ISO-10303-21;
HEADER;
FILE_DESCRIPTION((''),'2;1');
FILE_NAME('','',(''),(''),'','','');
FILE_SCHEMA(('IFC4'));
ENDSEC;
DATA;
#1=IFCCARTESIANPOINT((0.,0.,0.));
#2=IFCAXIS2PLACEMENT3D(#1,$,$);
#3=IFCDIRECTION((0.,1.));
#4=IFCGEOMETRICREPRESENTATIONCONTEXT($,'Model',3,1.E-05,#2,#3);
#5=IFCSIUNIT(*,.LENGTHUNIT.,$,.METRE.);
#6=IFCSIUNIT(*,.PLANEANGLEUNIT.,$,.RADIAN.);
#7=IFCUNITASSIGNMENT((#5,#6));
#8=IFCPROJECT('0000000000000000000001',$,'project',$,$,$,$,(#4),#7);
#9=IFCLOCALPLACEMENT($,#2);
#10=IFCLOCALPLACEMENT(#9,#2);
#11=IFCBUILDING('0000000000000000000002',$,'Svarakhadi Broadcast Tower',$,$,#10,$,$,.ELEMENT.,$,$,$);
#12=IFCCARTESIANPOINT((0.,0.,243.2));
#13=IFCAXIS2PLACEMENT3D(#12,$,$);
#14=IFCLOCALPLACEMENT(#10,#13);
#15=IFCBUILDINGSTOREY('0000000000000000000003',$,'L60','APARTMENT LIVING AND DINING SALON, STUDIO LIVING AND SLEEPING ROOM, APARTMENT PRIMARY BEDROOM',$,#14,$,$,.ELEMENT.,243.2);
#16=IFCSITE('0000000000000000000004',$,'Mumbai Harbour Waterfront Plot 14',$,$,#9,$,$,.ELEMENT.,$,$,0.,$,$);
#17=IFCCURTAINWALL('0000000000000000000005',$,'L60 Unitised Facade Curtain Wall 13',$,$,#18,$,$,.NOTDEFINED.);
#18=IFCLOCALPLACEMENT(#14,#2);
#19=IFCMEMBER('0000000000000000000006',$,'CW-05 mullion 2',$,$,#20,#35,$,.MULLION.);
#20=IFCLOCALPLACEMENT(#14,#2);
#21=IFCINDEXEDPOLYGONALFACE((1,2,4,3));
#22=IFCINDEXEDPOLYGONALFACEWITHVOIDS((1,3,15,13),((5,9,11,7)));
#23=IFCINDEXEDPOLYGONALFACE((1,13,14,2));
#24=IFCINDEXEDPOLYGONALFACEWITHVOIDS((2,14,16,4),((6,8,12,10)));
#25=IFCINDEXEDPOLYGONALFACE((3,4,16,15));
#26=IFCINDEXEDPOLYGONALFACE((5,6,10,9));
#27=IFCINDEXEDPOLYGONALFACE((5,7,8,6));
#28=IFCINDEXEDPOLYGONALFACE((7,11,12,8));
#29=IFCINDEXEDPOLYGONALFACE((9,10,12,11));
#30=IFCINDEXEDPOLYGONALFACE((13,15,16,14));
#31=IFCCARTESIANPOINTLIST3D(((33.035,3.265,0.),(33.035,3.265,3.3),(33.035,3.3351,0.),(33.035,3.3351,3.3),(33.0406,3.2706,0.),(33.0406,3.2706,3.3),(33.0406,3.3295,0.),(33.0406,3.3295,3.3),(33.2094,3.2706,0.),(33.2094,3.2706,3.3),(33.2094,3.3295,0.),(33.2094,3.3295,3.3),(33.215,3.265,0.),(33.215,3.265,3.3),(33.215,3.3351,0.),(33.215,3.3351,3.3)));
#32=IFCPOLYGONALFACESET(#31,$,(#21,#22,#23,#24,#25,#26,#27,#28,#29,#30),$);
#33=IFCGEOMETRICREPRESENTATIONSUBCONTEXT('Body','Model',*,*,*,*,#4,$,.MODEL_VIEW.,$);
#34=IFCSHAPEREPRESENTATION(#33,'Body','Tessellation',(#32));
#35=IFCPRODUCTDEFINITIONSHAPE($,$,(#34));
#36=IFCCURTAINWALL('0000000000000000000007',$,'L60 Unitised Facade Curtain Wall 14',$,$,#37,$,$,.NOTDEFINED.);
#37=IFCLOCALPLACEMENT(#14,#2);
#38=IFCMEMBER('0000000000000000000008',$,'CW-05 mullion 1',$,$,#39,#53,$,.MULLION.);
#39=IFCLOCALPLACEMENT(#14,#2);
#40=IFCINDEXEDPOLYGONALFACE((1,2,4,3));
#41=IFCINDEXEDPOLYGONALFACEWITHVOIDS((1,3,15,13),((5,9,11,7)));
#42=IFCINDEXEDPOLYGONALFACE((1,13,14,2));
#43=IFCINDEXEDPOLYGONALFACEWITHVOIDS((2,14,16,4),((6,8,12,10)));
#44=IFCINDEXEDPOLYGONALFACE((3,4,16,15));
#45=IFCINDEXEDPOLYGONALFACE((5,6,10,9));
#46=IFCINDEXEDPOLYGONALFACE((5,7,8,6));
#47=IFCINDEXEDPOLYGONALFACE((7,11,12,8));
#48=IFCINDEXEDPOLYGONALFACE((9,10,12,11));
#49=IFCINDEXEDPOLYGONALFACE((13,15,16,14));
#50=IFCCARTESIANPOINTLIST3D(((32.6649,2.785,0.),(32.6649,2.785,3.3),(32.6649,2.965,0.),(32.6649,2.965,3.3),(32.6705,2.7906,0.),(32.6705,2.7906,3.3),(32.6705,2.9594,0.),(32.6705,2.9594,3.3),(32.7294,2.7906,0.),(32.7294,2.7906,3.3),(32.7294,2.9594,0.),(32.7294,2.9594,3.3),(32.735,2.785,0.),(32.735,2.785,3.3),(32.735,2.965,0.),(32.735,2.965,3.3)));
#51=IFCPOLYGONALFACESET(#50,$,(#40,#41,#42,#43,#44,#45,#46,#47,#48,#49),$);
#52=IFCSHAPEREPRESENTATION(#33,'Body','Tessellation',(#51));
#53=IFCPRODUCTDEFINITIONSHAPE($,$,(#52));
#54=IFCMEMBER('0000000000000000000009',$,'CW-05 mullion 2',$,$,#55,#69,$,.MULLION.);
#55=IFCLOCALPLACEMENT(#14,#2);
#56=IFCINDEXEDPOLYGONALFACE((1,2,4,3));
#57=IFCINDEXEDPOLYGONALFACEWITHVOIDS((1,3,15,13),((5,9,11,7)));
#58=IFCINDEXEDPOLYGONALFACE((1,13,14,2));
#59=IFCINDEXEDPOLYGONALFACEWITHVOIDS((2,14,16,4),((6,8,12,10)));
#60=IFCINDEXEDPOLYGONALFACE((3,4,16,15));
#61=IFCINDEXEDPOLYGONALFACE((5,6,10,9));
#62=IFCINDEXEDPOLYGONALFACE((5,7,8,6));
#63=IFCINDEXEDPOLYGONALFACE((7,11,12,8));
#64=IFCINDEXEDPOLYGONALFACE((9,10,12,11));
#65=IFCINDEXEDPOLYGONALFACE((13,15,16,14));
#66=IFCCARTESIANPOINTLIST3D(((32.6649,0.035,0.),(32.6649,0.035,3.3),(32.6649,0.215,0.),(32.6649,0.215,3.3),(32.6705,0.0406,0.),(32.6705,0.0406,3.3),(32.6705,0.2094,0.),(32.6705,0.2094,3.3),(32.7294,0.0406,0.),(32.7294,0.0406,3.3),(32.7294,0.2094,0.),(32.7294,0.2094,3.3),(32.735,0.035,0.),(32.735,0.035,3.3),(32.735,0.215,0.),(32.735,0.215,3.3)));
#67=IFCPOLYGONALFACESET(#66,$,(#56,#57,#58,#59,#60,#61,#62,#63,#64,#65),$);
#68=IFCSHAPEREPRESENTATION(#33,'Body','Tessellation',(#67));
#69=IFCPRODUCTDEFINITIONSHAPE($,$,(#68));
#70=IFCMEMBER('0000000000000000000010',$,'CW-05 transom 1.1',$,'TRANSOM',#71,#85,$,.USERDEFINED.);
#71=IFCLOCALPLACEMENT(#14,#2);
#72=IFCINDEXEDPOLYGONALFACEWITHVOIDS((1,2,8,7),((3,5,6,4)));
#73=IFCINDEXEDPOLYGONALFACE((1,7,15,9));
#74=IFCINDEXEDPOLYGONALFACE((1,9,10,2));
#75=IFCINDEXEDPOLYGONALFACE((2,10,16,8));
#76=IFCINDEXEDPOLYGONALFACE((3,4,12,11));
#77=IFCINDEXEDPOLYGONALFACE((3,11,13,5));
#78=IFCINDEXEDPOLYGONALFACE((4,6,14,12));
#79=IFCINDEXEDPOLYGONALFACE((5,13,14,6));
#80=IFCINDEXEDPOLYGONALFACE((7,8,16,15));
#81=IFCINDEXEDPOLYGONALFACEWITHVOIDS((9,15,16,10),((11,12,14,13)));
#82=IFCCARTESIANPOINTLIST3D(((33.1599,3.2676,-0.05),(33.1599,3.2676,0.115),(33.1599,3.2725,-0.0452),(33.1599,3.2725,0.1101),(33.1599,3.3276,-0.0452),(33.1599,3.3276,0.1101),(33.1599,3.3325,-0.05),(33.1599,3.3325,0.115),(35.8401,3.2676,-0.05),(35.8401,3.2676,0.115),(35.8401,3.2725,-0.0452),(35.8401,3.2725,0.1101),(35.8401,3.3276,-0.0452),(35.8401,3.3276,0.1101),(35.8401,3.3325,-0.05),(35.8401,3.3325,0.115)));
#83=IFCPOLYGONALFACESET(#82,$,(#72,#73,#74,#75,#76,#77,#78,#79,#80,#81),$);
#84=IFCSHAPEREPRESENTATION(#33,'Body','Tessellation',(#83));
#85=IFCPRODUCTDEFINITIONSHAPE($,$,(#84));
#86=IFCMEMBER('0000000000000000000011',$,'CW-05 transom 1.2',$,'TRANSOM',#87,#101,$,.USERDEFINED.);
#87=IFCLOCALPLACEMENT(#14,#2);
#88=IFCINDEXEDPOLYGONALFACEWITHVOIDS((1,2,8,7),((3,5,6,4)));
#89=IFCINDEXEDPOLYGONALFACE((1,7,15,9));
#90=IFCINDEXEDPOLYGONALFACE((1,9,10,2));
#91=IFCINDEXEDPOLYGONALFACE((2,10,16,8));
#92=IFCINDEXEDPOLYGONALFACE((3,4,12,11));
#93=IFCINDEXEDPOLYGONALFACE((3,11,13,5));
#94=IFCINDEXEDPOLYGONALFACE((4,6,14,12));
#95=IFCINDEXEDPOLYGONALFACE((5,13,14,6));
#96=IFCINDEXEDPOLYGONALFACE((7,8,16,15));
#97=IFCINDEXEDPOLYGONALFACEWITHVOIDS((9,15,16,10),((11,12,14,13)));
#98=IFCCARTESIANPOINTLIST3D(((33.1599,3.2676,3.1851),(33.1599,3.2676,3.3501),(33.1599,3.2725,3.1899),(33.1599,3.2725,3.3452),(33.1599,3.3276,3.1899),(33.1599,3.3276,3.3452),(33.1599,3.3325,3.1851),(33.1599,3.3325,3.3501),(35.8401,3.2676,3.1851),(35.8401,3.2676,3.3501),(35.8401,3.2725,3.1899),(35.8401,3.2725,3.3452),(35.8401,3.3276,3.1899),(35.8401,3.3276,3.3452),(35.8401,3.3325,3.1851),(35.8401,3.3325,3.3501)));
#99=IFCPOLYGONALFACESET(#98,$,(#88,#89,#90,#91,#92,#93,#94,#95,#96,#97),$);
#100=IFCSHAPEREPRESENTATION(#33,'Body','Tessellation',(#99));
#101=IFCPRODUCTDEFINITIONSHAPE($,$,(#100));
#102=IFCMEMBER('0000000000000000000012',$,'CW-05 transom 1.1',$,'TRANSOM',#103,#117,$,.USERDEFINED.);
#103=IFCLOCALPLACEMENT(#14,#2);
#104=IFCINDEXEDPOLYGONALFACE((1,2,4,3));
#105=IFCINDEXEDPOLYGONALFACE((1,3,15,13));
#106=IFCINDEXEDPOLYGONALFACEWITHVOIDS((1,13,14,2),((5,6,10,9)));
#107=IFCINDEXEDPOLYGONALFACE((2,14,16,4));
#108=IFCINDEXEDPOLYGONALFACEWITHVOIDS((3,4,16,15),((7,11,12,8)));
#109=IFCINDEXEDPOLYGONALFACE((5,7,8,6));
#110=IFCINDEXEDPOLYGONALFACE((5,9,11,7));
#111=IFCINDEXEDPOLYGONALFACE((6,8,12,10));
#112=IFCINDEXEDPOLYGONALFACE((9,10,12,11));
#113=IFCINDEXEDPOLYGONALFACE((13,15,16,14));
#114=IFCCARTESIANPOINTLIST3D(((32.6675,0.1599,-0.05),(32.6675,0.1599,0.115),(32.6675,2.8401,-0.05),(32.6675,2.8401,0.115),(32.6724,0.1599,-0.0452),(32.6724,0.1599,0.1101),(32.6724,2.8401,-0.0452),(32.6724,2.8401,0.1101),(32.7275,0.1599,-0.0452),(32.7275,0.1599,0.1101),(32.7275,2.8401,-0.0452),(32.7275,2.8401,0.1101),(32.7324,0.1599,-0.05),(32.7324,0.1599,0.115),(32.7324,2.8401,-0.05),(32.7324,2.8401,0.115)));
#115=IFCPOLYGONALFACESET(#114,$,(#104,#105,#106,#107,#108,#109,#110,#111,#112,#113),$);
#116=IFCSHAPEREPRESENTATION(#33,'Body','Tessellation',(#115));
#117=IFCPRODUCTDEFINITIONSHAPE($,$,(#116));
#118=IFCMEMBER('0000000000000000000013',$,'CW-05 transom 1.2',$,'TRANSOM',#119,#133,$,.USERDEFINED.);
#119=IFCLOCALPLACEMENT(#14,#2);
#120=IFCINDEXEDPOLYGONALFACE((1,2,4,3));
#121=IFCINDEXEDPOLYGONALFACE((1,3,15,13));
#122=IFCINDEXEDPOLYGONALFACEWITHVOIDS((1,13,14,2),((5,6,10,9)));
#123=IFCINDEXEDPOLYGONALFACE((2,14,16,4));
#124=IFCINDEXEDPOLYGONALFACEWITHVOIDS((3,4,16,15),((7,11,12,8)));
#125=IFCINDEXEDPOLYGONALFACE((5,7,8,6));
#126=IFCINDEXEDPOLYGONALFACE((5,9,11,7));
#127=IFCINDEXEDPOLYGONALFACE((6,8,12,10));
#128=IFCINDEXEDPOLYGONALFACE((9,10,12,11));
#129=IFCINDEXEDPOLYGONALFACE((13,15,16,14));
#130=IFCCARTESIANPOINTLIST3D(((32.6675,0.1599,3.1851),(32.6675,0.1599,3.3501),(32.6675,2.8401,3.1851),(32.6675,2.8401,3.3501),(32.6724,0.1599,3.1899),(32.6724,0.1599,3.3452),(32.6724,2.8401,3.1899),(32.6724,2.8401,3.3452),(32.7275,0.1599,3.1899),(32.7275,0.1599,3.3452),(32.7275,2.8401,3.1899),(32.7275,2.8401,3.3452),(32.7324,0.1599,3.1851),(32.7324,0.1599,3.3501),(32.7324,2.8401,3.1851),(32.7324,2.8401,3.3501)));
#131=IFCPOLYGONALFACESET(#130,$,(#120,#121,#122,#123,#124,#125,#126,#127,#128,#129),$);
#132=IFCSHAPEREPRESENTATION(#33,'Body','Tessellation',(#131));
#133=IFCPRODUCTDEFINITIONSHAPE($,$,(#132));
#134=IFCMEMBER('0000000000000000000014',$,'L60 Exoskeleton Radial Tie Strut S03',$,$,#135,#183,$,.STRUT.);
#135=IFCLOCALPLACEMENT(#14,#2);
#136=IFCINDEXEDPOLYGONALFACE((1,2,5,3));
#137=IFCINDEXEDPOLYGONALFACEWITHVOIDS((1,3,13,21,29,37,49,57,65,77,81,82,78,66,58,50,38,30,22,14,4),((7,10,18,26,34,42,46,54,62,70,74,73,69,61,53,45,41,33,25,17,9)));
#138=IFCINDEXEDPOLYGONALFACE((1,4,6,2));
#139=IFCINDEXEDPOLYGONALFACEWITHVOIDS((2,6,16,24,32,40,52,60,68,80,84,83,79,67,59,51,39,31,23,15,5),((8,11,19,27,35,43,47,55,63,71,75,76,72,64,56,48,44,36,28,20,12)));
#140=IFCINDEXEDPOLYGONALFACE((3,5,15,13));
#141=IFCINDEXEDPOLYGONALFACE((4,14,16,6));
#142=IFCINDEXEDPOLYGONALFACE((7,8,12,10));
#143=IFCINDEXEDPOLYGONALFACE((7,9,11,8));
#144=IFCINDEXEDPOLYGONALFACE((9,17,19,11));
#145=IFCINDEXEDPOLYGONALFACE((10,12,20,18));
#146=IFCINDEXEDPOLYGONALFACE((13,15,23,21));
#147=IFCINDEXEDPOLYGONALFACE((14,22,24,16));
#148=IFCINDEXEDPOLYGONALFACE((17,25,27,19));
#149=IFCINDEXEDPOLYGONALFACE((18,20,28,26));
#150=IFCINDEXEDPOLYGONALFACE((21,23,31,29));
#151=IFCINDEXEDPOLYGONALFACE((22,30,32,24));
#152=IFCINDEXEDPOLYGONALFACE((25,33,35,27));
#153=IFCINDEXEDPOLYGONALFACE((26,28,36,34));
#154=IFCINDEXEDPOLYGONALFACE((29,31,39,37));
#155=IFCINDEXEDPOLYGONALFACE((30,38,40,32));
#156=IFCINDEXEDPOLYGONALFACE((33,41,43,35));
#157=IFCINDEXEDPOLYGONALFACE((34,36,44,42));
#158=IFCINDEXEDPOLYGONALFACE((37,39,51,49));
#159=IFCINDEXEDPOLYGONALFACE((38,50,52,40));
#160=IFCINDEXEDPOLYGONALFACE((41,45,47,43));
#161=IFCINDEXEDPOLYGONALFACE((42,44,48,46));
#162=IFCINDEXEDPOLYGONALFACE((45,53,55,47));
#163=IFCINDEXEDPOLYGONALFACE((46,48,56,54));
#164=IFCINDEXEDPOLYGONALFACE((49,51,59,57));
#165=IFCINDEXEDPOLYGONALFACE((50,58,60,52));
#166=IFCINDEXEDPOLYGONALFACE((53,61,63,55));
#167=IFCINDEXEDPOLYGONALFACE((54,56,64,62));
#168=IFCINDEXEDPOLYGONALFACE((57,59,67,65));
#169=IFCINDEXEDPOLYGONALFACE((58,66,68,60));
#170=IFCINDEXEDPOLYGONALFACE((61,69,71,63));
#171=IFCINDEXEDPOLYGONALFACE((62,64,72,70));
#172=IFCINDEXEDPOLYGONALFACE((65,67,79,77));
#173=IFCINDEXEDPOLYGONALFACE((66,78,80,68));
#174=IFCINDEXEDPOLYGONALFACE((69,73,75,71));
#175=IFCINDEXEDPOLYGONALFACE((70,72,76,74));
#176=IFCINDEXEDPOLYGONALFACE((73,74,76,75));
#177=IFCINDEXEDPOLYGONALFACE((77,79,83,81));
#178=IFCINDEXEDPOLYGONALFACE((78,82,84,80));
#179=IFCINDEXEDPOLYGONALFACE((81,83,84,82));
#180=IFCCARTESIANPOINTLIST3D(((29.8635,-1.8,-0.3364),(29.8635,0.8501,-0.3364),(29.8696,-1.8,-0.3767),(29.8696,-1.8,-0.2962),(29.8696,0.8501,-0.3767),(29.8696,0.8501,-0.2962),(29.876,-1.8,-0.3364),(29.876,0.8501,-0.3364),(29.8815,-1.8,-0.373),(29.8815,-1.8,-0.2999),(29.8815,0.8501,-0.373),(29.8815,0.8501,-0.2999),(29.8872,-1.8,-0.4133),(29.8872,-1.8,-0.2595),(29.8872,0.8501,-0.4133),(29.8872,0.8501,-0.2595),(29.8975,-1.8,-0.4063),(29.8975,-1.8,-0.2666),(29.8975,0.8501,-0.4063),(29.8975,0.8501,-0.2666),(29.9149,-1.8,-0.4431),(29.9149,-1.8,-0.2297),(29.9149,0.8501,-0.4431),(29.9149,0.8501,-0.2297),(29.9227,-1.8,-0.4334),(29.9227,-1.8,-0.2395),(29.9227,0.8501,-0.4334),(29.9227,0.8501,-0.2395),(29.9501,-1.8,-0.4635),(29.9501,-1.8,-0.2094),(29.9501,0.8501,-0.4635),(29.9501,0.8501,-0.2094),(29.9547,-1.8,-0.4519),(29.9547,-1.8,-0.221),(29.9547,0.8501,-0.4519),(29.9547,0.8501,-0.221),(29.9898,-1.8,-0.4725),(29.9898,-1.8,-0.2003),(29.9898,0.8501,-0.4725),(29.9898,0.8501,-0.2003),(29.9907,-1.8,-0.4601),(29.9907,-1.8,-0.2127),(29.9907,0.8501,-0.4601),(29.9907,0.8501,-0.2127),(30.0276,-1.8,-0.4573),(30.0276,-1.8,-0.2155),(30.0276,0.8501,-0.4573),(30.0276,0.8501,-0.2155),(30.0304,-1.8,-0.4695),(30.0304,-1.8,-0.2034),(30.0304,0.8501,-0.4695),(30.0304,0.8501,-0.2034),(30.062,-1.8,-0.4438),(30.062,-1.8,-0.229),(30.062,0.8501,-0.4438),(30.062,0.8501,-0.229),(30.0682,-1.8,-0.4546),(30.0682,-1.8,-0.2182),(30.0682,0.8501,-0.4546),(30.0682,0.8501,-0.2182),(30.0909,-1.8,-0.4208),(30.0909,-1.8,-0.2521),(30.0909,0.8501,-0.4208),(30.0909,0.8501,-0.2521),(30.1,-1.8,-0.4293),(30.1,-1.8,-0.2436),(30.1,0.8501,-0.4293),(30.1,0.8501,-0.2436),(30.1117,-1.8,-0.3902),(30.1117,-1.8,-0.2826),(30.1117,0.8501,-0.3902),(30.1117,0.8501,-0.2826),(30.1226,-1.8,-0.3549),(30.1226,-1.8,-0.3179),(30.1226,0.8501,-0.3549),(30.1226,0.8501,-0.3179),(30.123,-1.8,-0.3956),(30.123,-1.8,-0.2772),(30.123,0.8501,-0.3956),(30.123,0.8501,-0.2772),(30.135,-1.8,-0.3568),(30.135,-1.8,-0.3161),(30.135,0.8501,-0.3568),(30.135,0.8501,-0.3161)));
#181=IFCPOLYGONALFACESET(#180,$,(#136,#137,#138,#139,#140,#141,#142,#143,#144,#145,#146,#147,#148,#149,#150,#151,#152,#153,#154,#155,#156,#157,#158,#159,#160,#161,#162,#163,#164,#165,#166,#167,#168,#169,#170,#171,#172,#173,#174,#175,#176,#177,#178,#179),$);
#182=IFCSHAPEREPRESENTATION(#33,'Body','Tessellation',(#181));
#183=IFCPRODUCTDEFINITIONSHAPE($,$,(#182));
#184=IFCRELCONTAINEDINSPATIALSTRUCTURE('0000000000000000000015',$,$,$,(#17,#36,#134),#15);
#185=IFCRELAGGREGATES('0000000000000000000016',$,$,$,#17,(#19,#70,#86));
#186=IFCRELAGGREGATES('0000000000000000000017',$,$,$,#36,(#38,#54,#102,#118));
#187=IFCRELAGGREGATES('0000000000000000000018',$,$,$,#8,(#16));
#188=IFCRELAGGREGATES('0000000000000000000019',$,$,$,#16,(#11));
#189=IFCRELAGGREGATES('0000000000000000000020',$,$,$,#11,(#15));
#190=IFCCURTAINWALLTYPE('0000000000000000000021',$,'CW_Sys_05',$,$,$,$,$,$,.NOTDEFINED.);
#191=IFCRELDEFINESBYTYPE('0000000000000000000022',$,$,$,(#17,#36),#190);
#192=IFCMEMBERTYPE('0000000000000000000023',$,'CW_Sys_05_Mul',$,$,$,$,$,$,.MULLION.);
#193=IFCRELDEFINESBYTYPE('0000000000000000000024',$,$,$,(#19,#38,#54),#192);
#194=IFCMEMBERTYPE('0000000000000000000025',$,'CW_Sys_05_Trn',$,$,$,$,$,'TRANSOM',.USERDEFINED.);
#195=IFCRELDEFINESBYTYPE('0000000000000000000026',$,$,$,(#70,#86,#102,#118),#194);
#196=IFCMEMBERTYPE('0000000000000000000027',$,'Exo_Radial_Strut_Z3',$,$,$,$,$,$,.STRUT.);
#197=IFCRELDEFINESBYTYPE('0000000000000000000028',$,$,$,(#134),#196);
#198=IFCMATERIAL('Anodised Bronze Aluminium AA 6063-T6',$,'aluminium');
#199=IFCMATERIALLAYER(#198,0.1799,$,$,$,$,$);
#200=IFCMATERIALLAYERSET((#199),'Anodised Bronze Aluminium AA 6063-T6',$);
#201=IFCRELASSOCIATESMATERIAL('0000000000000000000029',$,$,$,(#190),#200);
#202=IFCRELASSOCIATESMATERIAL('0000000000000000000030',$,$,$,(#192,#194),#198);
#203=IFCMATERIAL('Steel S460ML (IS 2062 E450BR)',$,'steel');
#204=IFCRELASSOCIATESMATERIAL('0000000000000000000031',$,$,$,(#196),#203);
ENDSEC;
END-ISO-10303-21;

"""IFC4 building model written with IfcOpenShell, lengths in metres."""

from ifc_helpers import new_model, si_unit, direction, frame, origin, origin_2d, place, context, subcontext, project, spatial, hollow_rectangle, hollow_circle, extrude, material, layer, layer_set, material_profile, profile_set, type_object, element, aggregate, save


model = new_model("IFC4")

# Units and contexts
model_context = context("Model", 3, precision=1e-05, world=origin(), true_north=direction((0.0, 1.0)))
body_context = subcontext(model_context, "Body", "Model", "MODEL_VIEW")
ifc_project = project(units=[si_unit("LENGTHUNIT", "METRE"), si_unit("PLANEANGLEUNIT", "RADIAN")], contexts=[model_context])

# Site, building, storey
site_placement = place(None, origin())
site = spatial("IfcSite", under=ifc_project, at=site_placement, Name="Mumbai Harbour Waterfront Plot 14", CompositionType="ELEMENT", RefElevation=0.0)
building_placement = place(site_placement, origin())
building = spatial("IfcBuilding", under=site, at=building_placement, Name="Svarakhadi Broadcast Tower", CompositionType="ELEMENT")
storey_placement = place(building_placement, frame((0.0, 0.0, 243.2)))
storey = spatial("IfcBuildingStorey", under=building, at=storey_placement, Name="L60", Description="APARTMENT LIVING AND DINING SALON, STUDIO LIVING AND SLEEPING ROOM, APARTMENT PRIMARY BEDROOM", CompositionType="ELEMENT", Elevation=243.2)

# Shared definitions
ifc_material_1 = material(Name="Steel S460ML (IS 2062 E450BR)", Category="steel")

# Shared definitions
ifc_material_2 = material(Name="Anodised Bronze Aluminium AA 6063-T6", Category="aluminium")
ifc_layer_1 = layer(ifc_material_2, 0.1799)
ifc_layer_set_1 = layer_set([ifc_layer_1], Name="Anodised Bronze Aluminium AA 6063-T6")
curtain_wall_type = type_object("IfcCurtainWallType", Name="CW_Sys_05", PredefinedType="NOTDEFINED", material=ifc_layer_set_1)
ifc_material_profile_1 = material_profile(ifc_material_2, hollow_rectangle(XDim=0.0701, YDim=0.1799, WallThickness=0.0056, at=origin_2d()), Name="ALU MULLION 180x70x6")
ifc_profile_set_1 = profile_set([ifc_material_profile_1], Name="Anodised Bronze Aluminium AA 6063-T6")
member_type_1 = type_object("IfcMemberType", Name="CW_Sys_05_Mul", PredefinedType="MULLION", material=ifc_profile_set_1)

# Curtain walls, members
curtain_wall_1_placement = place(storey_placement, origin())
curtain_wall_1 = element("IfcCurtainWall", 1, at=curtain_wall_1_placement, inside=storey, type_object=curtain_wall_type, Name="L60 Unitised Facade Curtain Wall 13", PredefinedType="NOTDEFINED")
member_1_placement = place(storey_placement, frame((33.125, 3.3, 0.0), z_axis=(0.0, 0.0, 1.0), x_axis=(0.0, -1.0, 0.0)))
member_1 = element("IfcMember", 2, at=member_1_placement, type_object=member_type_1, Name="CW-05 mullion 2", PredefinedType="MULLION", context=body_context, shape_type="SweptSolid", body=[
    extrude(hollow_rectangle(XDim=0.0701, YDim=0.1799, WallThickness=0.0056, at=origin_2d()), origin(), (0.0, 0.0, 1.0), 3.3),
])
curtain_wall_2_placement = place(storey_placement, origin())
curtain_wall_2 = element("IfcCurtainWall", 3, at=curtain_wall_2_placement, inside=storey, type_object=curtain_wall_type, Name="L60 Unitised Facade Curtain Wall 14", PredefinedType="NOTDEFINED")
member_2_placement = place(storey_placement, frame((32.7, 2.875, 0.0), z_axis=(0.0, 0.0, 1.0), x_axis=(1.0, 0.0, 0.0)))
member_2 = element("IfcMember", 4, at=member_2_placement, type_object=member_type_1, Name="CW-05 mullion 1", PredefinedType="MULLION", context=body_context, shape_type="SweptSolid", body=[
    extrude(hollow_rectangle(XDim=0.0701, YDim=0.1799, WallThickness=0.0056, at=origin_2d()), origin(), (0.0, 0.0, 1.0), 3.3),
])
member_3_placement = place(storey_placement, frame((32.7, 0.125, 0.0), z_axis=(0.0, 0.0, 1.0), x_axis=(1.0, 0.0, 0.0)))
member_3 = element("IfcMember", 5, at=member_3_placement, type_object=member_type_1, Name="CW-05 mullion 2", PredefinedType="MULLION", context=body_context, shape_type="SweptSolid", body=[
    extrude(hollow_rectangle(XDim=0.0701, YDim=0.1799, WallThickness=0.0056, at=origin_2d()), origin(), (0.0, 0.0, 1.0), 3.3),
])

# Members
ifc_material_profile_2 = material_profile(ifc_material_2, hollow_rectangle(XDim=0.0649, YDim=0.165, WallThickness=0.0049, at=origin_2d()), Name="ALU TRANSOM 165x65x5")
ifc_profile_set_2 = profile_set([ifc_material_profile_2], Name="Anodised Bronze Aluminium AA 6063-T6")
member_type_2 = type_object("IfcMemberType", Name="CW_Sys_05_Trn", ElementType="TRANSOM", PredefinedType="USERDEFINED", material=ifc_profile_set_2)
member_4_placement = place(storey_placement, frame((35.8401, 3.3, 0.0325), z_axis=(-1.0, 0.0, 0.0), x_axis=(0.0, -1.0, 0.0)))
member_4 = element("IfcMember", 6, at=member_4_placement, type_object=member_type_2, Name="CW-05 transom 1.1", ObjectType="TRANSOM", PredefinedType="USERDEFINED", context=body_context, shape_type="SweptSolid", body=[
    extrude(hollow_rectangle(XDim=0.0649, YDim=0.165, WallThickness=0.0049, at=origin_2d()), origin(), (0.0, 0.0, 1.0), 2.6802),
])
member_5_placement = place(storey_placement, frame((35.8401, 3.3, 3.2676), z_axis=(-1.0, 0.0, 0.0), x_axis=(0.0, -1.0, 0.0)))
member_5 = element("IfcMember", 7, at=member_5_placement, type_object=member_type_2, Name="CW-05 transom 1.2", ObjectType="TRANSOM", PredefinedType="USERDEFINED", context=body_context, shape_type="SweptSolid", body=[
    extrude(hollow_rectangle(XDim=0.0649, YDim=0.165, WallThickness=0.0049, at=origin_2d()), origin(), (0.0, 0.0, 1.0), 2.6802),
])
member_6_placement = place(storey_placement, frame((32.7, 2.8401, 0.0325), z_axis=(0.0, -1.0, 0.0), x_axis=(1.0, 0.0, 0.0)))
member_6 = element("IfcMember", 8, at=member_6_placement, type_object=member_type_2, Name="CW-05 transom 1.1", ObjectType="TRANSOM", PredefinedType="USERDEFINED", context=body_context, shape_type="SweptSolid", body=[
    extrude(hollow_rectangle(XDim=0.0649, YDim=0.165, WallThickness=0.0049, at=origin_2d()), origin(), (0.0, 0.0, 1.0), 2.6802),
])
member_7_placement = place(storey_placement, frame((32.7, 2.8401, 3.2676), z_axis=(0.0, -1.0, 0.0), x_axis=(1.0, 0.0, 0.0)))
member_7 = element("IfcMember", 9, at=member_7_placement, type_object=member_type_2, Name="CW-05 transom 1.2", ObjectType="TRANSOM", PredefinedType="USERDEFINED", context=body_context, shape_type="SweptSolid", body=[
    extrude(hollow_rectangle(XDim=0.0649, YDim=0.165, WallThickness=0.0049, at=origin_2d()), origin(), (0.0, 0.0, 1.0), 2.6802),
])
ifc_material_profile_3 = material_profile(ifc_material_1, hollow_circle(Radius=0.1365, WallThickness=0.0125, at=origin_2d()), Name="CHS 273x12.5")
ifc_profile_set_3 = profile_set([ifc_material_profile_3], Name="Steel S460ML (IS 2062 E450BR)")
member_type_3 = type_object("IfcMemberType", Name="Exo_Radial_Strut_Z3", PredefinedType="STRUT", material=ifc_profile_set_3)
member_8_placement = place(storey_placement, frame((30.0, -1.8, -0.3364), z_axis=(0.0, 1.0, 0.0), x_axis=(-1.0, 0.0, 0.0)))
element("IfcMember", 10, at=member_8_placement, inside=storey, type_object=member_type_3, Name="L60 Exoskeleton Radial Tie Strut S03", PredefinedType="STRUT", context=body_context, shape_type="SweptSolid", body=[
    extrude(hollow_circle(Radius=0.1365, WallThickness=0.0125, at=origin_2d()), origin(), (0.0, 0.0, 1.0), 2.6501),
])

aggregate(curtain_wall_1, [member_1, member_4, member_5])
aggregate(curtain_wall_2, [member_2, member_3, member_6, member_7])

save(model, "model.ifc")
